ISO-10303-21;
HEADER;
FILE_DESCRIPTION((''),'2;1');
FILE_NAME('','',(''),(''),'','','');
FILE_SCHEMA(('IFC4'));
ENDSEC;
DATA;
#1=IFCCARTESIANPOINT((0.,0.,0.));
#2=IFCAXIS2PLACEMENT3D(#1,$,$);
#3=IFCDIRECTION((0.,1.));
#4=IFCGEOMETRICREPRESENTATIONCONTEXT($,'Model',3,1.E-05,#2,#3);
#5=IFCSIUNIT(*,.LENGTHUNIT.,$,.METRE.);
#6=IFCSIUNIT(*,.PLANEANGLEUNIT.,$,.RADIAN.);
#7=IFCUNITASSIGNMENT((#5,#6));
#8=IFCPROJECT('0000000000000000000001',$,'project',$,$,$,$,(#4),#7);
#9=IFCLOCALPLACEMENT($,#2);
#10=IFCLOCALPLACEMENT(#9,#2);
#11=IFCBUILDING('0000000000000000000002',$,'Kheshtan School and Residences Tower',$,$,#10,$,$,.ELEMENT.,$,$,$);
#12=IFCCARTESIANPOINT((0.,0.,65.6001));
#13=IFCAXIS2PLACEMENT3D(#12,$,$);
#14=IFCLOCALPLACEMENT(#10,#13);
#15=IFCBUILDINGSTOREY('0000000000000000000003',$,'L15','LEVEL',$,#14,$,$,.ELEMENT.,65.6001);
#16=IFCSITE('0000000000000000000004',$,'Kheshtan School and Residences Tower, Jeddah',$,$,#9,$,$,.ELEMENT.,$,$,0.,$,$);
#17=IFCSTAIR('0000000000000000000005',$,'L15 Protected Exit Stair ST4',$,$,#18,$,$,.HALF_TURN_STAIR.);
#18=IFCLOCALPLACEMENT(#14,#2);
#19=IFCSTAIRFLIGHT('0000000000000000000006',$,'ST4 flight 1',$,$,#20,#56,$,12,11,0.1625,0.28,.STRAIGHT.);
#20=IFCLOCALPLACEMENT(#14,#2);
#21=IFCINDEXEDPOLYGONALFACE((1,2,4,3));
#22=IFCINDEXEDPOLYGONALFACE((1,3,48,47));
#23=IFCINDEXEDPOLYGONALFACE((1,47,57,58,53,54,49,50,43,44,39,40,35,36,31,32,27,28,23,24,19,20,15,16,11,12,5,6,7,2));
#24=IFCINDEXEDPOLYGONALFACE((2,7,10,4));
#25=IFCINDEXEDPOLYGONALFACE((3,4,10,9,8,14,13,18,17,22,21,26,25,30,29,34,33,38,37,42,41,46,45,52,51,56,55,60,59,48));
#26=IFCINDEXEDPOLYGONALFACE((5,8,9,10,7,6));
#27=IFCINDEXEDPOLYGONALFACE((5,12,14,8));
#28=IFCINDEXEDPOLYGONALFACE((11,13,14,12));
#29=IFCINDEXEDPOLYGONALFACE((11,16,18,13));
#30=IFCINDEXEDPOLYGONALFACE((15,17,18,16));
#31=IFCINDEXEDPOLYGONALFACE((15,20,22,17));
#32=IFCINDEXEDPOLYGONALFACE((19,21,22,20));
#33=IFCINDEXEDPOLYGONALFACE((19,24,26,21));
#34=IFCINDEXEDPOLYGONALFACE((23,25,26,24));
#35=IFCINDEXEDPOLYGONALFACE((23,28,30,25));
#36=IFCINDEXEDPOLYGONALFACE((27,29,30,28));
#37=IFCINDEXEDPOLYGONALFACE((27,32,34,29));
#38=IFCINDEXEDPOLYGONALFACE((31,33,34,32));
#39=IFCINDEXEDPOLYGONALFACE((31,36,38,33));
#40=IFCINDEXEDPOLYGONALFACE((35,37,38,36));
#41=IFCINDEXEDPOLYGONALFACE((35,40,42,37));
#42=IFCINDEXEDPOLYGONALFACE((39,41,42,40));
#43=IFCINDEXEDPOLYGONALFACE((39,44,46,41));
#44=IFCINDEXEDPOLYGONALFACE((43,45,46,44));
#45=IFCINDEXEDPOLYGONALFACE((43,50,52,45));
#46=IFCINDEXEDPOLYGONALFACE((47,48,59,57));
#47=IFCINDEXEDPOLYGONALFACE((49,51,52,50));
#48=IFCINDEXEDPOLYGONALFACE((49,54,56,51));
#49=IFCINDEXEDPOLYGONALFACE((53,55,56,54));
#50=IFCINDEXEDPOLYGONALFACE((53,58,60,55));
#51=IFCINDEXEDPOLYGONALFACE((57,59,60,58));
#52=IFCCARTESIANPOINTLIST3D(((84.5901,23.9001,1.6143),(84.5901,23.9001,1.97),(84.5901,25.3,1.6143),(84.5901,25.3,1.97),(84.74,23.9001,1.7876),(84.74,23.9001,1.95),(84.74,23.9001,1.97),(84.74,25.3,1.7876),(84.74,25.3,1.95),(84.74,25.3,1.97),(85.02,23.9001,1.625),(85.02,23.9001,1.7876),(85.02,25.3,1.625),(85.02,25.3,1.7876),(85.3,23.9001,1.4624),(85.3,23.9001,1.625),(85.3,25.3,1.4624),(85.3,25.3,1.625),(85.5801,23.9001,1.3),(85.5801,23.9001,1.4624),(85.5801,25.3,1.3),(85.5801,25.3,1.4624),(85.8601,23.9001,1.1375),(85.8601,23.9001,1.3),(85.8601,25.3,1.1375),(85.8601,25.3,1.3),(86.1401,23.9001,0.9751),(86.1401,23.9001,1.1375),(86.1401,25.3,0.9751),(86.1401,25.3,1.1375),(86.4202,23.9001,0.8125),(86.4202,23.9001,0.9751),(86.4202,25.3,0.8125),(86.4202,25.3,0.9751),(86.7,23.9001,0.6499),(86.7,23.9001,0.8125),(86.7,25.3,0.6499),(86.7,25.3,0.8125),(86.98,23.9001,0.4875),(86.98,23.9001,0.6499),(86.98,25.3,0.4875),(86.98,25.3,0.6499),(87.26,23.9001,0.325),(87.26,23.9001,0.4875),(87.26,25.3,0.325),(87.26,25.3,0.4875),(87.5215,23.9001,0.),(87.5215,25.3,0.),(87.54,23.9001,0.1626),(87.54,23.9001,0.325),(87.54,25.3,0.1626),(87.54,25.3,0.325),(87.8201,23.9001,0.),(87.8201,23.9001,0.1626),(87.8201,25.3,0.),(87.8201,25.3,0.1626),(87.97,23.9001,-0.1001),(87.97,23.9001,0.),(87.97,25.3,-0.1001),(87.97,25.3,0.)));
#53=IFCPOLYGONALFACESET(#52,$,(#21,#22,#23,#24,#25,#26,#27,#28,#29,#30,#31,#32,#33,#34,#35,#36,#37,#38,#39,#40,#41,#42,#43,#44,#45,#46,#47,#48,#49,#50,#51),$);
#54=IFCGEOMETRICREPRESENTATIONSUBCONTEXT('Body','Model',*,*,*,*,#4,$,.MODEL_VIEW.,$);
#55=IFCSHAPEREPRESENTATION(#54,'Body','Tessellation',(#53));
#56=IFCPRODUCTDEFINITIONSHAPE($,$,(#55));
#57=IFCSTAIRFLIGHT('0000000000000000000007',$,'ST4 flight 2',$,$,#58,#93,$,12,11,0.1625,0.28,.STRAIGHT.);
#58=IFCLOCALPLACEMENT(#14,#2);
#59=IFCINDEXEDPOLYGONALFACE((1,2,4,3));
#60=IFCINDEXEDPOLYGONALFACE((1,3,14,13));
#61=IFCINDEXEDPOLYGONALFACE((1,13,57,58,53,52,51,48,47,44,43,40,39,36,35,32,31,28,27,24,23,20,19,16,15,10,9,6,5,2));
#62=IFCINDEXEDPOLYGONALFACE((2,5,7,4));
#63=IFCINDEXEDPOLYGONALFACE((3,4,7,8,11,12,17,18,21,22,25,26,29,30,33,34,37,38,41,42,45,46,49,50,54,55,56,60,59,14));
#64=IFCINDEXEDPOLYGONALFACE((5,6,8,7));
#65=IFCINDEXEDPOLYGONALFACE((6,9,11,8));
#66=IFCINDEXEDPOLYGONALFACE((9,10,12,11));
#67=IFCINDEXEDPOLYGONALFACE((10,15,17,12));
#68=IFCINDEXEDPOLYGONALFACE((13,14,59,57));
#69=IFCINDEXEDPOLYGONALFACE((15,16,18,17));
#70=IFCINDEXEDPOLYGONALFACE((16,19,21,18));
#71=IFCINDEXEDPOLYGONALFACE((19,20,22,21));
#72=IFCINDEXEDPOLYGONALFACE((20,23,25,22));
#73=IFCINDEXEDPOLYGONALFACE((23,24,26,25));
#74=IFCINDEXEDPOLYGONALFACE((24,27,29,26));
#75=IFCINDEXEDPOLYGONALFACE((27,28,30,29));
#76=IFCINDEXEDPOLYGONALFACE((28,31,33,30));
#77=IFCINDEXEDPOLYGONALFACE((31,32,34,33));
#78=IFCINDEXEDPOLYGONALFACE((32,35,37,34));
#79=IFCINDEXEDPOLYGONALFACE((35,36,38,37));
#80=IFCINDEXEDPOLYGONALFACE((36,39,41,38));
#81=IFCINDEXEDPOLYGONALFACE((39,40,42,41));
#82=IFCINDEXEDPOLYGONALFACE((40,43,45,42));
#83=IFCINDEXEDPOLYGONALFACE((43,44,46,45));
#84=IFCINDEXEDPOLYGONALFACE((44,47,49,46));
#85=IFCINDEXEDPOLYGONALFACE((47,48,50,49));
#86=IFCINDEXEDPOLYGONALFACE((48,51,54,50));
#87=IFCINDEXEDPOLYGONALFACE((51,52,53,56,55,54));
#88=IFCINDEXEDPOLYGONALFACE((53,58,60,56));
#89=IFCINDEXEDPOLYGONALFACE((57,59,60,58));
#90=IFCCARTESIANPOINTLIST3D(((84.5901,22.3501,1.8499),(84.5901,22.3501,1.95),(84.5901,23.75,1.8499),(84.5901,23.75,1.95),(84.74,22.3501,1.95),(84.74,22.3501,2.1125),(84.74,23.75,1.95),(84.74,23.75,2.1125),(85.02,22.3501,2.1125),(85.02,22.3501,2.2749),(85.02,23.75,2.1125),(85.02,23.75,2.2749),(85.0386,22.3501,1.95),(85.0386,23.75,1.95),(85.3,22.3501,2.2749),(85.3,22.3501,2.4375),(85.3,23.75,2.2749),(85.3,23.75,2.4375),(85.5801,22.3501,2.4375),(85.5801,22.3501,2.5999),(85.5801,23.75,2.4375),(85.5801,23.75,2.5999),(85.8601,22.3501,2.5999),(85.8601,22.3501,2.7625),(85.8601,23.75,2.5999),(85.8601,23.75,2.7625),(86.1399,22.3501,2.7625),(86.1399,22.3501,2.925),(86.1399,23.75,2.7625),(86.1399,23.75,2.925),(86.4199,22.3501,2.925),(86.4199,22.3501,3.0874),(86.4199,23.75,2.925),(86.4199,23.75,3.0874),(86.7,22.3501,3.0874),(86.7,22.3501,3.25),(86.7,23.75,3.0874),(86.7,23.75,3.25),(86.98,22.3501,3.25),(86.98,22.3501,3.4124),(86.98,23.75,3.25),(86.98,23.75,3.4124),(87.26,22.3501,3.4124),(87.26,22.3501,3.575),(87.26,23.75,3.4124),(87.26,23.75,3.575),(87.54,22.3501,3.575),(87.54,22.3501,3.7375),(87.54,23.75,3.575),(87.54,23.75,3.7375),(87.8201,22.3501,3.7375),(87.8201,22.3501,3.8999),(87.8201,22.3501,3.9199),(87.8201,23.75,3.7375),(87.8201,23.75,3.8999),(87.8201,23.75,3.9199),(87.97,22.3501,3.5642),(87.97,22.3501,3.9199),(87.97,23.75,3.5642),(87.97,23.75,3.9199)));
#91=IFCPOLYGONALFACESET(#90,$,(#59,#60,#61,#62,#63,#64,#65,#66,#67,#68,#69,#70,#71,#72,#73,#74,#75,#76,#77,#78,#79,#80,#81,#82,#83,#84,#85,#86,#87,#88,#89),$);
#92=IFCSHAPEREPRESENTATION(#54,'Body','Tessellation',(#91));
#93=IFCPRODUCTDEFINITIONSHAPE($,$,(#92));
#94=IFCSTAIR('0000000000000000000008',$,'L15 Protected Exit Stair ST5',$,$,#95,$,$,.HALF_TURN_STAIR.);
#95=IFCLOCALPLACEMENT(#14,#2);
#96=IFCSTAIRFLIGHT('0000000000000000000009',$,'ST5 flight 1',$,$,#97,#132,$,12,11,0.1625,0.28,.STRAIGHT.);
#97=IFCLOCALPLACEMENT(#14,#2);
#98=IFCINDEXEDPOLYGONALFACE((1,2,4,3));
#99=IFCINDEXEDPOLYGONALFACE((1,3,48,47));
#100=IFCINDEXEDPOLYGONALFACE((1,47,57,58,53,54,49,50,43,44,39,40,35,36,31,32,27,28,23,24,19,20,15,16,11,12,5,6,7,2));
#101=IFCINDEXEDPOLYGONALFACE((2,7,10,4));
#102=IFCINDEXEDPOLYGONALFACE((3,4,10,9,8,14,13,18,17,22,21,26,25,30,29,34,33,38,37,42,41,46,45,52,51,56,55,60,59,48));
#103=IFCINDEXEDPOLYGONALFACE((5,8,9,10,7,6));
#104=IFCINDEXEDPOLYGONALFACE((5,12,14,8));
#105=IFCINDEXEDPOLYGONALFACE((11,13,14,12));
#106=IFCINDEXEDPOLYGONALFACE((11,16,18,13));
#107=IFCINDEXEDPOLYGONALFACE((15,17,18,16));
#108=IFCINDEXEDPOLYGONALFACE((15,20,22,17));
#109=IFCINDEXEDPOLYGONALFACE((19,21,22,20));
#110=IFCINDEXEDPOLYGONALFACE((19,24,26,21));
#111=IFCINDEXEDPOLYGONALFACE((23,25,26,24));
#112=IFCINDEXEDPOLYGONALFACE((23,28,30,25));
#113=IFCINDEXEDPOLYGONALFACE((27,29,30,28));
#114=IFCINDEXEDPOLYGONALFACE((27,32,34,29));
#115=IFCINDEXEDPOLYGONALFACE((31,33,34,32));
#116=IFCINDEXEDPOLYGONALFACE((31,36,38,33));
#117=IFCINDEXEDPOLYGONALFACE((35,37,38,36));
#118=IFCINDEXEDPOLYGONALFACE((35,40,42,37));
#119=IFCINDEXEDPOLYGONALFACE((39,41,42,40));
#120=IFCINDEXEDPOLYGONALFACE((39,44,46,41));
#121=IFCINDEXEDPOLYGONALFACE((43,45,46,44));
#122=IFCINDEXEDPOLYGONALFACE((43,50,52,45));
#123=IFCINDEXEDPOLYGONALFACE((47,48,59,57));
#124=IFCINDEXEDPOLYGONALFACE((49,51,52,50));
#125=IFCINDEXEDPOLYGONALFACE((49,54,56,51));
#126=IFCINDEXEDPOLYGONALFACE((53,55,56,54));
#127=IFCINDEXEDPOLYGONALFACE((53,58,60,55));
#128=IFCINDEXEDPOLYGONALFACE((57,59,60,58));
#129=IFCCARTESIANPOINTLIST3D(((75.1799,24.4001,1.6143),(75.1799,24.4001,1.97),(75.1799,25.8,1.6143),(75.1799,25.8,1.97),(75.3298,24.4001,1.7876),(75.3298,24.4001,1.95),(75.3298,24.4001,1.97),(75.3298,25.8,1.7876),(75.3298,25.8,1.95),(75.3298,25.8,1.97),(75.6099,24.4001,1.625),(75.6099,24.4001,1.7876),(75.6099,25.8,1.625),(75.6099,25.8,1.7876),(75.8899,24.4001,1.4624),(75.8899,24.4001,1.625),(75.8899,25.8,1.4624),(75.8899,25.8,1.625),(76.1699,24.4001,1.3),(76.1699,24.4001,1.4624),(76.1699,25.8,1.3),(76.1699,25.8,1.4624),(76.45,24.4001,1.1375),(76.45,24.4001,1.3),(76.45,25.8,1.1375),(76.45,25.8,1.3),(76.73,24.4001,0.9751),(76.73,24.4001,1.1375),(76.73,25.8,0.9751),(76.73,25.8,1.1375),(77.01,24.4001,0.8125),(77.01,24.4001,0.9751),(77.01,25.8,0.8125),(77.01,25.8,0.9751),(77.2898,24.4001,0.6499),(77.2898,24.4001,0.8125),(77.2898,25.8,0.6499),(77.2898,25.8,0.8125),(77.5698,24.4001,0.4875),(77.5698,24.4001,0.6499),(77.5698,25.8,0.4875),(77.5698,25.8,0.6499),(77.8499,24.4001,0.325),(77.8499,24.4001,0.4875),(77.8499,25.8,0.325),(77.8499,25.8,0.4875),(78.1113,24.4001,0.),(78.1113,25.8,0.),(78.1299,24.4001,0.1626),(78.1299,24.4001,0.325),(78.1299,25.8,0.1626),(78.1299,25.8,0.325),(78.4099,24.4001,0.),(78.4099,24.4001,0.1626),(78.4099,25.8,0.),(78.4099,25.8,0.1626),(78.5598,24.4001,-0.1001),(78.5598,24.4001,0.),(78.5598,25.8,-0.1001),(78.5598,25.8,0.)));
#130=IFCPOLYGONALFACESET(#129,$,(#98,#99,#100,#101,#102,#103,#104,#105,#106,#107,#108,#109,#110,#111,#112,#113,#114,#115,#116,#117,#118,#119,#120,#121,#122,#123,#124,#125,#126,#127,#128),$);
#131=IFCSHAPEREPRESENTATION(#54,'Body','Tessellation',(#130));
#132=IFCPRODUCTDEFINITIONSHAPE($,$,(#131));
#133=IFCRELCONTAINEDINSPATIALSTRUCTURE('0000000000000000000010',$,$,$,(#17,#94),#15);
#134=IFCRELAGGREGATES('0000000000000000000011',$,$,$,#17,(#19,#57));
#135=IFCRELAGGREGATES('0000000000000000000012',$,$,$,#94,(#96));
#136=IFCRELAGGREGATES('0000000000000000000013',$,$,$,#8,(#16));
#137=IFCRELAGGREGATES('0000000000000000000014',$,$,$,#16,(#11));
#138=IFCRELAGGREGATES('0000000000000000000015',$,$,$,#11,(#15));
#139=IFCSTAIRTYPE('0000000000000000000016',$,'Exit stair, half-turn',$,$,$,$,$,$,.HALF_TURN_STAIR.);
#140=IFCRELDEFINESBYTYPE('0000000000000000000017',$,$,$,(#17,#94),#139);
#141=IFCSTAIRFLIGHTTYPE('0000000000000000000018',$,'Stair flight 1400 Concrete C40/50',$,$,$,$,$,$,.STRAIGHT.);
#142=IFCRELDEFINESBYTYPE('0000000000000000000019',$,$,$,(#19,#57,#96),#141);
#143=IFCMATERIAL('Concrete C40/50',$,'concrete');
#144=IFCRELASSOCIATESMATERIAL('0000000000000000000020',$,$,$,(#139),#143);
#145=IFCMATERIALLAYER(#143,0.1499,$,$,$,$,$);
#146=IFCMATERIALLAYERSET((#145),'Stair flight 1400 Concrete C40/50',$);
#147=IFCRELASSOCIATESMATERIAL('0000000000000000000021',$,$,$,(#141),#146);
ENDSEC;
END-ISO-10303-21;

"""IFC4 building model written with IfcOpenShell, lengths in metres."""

from ifc_helpers import new_model, si_unit, direction, frame, origin, place, context, subcontext, project, spatial, polyline, outline, extrude, material, layer, layer_set, type_object, element, aggregate, save


model = new_model("IFC4")

# Units and contexts
model_context = context("Model", 3, precision=1e-05, world=origin(), true_north=direction((0.0, 1.0)))
body_context = subcontext(model_context, "Body", "Model", "MODEL_VIEW")
ifc_project = project(units=[si_unit("LENGTHUNIT", "METRE"), si_unit("PLANEANGLEUNIT", "RADIAN")], contexts=[model_context])

# Site, building, storey
site_placement = place(None, origin())
site = spatial("IfcSite", under=ifc_project, at=site_placement, Name="Kheshtan School and Residences Tower, Jeddah", CompositionType="ELEMENT", RefElevation=0.0)
building_placement = place(site_placement, origin())
building = spatial("IfcBuilding", under=site, at=building_placement, Name="Kheshtan School and Residences Tower", CompositionType="ELEMENT")
storey_placement = place(building_placement, frame((0.0, 0.0, 65.6001)))
storey = spatial("IfcBuildingStorey", under=building, at=storey_placement, Name="L15", Description="LEVEL", CompositionType="ELEMENT", Elevation=65.6001)

# Shared definitions
ifc_material_1 = material(Name="Concrete C40/50", Category="concrete")

# Stair, stair flights
stair_type = type_object("IfcStairType", Name="Exit stair, half-turn", PredefinedType="HALF_TURN_STAIR", material=ifc_material_1)
stair_1_placement = place(storey_placement, origin())
stair_1 = element("IfcStair", 1, at=stair_1_placement, inside=storey, type_object=stair_type, Name="L15 Protected Exit Stair ST4", PredefinedType="HALF_TURN_STAIR")
ifc_layer_1 = layer(ifc_material_1, 0.1499)
ifc_layer_set_1 = layer_set([ifc_layer_1], Name="Stair flight 1400 Concrete C40/50")
stair_flight_type = type_object("IfcStairFlightType", Name="Stair flight 1400 Concrete C40/50", PredefinedType="STRAIGHT", material=ifc_layer_set_1)
stair_flight_1_placement = place(storey_placement, frame((87.8201, 24.6001, 0.0), z_axis=(0.0, 0.0, 1.0), x_axis=(-1.0, 0.0, 0.0)))
stair_flight_1 = element("IfcStairFlight", 2, at=stair_flight_1_placement, type_object=stair_flight_type, Name="ST4 flight 1", NumberOfRisers=12, NumberOfTreads=11, PredefinedType="STRAIGHT", RiserHeight=0.1625, TreadLength=0.28, context=body_context, shape_type="SweptSolid", body=[
    extrude(outline(polyline([(-0.1499, -0.1001), (-0.1499, 0.0), (0.0, 0.0), (0.0, 0.1626), (0.28, 0.1626), (0.28, 0.325), (0.5601, 0.325), (0.5601, 0.4875), (0.8401, 0.4875), (0.8401, 0.6499), (1.1201, 0.6499), (1.1201, 0.8125), (1.3999, 0.8125), (1.3999, 0.9751), (1.6799, 0.9751), (1.6799, 1.1375), (1.96, 1.1375), (1.96, 1.3), (2.24, 1.3), (2.24, 1.4624), (2.52, 1.4624), (2.52, 1.625), (2.8, 1.625), (2.8, 1.7876), (3.0801, 1.7876), (3.0801, 1.95), (3.0801, 1.97), (3.23, 1.97), (3.23, 1.6143), (0.2986, 0.0), (-0.1499, -0.1001)])), frame((0.0, 0.7, 0.0), z_axis=(0.0, -1.0, 0.0), x_axis=(1.0, 0.0, 0.0)), (0.0, 0.0, 1.0), 1.3999),
])
stair_flight_2_placement = place(storey_placement, frame((84.74, 23.05, 1.95), z_axis=(0.0, 0.0, 1.0), x_axis=(1.0, 0.0, 0.0)))
stair_flight_2 = element("IfcStairFlight", 3, at=stair_flight_2_placement, type_object=stair_flight_type, Name="ST4 flight 2", NumberOfRisers=12, NumberOfTreads=11, PredefinedType="STRAIGHT", RiserHeight=0.1625, TreadLength=0.28, context=body_context, shape_type="SweptSolid", body=[
    extrude(outline(polyline([(-0.1499, -0.1001), (-0.1499, 0.0), (0.0, 0.0), (0.0, 0.1626), (0.28, 0.1626), (0.28, 0.325), (0.5601, 0.325), (0.5601, 0.4875), (0.8401, 0.4875), (0.8401, 0.6499), (1.1201, 0.6499), (1.1201, 0.8125), (1.3999, 0.8125), (1.3999, 0.9751), (1.6799, 0.9751), (1.6799, 1.1375), (1.96, 1.1375), (1.96, 1.3), (2.24, 1.3), (2.24, 1.4624), (2.52, 1.4624), (2.52, 1.625), (2.8, 1.625), (2.8, 1.7876), (3.0801, 1.7876), (3.0801, 1.95), (3.0801, 1.97), (3.23, 1.97), (3.23, 1.6143), (0.2986, 0.0), (-0.1499, -0.1001)])), frame((0.0, 0.7, 0.0), z_axis=(0.0, -1.0, 0.0), x_axis=(1.0, 0.0, 0.0)), (0.0, 0.0, 1.0), 1.3999),
])
aggregate(stair_1, [stair_flight_1, stair_flight_2])

# Stair, stair flight
stair_2_placement = place(storey_placement, origin())
stair_2 = element("IfcStair", 4, at=stair_2_placement, inside=storey, type_object=stair_type, Name="L15 Protected Exit Stair ST5", PredefinedType="HALF_TURN_STAIR")
stair_flight_3_placement = place(storey_placement, frame((78.4099, 25.1001, 0.0), z_axis=(0.0, 0.0, 1.0), x_axis=(-1.0, 0.0, 0.0)))
stair_flight_3 = element("IfcStairFlight", 5, at=stair_flight_3_placement, type_object=stair_flight_type, Name="ST5 flight 1", NumberOfRisers=12, NumberOfTreads=11, PredefinedType="STRAIGHT", RiserHeight=0.1625, TreadLength=0.28, context=body_context, shape_type="SweptSolid", body=[
    extrude(outline(polyline([(-0.1499, -0.1001), (-0.1499, 0.0), (0.0, 0.0), (0.0, 0.1626), (0.28, 0.1626), (0.28, 0.325), (0.5601, 0.325), (0.5601, 0.4875), (0.8401, 0.4875), (0.8401, 0.6499), (1.1201, 0.6499), (1.1201, 0.8125), (1.3999, 0.8125), (1.3999, 0.9751), (1.6799, 0.9751), (1.6799, 1.1375), (1.96, 1.1375), (1.96, 1.3), (2.24, 1.3), (2.24, 1.4624), (2.52, 1.4624), (2.52, 1.625), (2.8, 1.625), (2.8, 1.7876), (3.0801, 1.7876), (3.0801, 1.95), (3.0801, 1.97), (3.23, 1.97), (3.23, 1.6143), (0.2986, 0.0), (-0.1499, -0.1001)])), frame((0.0, 0.7, 0.0), z_axis=(0.0, -1.0, 0.0), x_axis=(1.0, 0.0, 0.0)), (0.0, 0.0, 1.0), 1.3999),
])
aggregate(stair_2, [stair_flight_3])

save(model, "model.ifc")
